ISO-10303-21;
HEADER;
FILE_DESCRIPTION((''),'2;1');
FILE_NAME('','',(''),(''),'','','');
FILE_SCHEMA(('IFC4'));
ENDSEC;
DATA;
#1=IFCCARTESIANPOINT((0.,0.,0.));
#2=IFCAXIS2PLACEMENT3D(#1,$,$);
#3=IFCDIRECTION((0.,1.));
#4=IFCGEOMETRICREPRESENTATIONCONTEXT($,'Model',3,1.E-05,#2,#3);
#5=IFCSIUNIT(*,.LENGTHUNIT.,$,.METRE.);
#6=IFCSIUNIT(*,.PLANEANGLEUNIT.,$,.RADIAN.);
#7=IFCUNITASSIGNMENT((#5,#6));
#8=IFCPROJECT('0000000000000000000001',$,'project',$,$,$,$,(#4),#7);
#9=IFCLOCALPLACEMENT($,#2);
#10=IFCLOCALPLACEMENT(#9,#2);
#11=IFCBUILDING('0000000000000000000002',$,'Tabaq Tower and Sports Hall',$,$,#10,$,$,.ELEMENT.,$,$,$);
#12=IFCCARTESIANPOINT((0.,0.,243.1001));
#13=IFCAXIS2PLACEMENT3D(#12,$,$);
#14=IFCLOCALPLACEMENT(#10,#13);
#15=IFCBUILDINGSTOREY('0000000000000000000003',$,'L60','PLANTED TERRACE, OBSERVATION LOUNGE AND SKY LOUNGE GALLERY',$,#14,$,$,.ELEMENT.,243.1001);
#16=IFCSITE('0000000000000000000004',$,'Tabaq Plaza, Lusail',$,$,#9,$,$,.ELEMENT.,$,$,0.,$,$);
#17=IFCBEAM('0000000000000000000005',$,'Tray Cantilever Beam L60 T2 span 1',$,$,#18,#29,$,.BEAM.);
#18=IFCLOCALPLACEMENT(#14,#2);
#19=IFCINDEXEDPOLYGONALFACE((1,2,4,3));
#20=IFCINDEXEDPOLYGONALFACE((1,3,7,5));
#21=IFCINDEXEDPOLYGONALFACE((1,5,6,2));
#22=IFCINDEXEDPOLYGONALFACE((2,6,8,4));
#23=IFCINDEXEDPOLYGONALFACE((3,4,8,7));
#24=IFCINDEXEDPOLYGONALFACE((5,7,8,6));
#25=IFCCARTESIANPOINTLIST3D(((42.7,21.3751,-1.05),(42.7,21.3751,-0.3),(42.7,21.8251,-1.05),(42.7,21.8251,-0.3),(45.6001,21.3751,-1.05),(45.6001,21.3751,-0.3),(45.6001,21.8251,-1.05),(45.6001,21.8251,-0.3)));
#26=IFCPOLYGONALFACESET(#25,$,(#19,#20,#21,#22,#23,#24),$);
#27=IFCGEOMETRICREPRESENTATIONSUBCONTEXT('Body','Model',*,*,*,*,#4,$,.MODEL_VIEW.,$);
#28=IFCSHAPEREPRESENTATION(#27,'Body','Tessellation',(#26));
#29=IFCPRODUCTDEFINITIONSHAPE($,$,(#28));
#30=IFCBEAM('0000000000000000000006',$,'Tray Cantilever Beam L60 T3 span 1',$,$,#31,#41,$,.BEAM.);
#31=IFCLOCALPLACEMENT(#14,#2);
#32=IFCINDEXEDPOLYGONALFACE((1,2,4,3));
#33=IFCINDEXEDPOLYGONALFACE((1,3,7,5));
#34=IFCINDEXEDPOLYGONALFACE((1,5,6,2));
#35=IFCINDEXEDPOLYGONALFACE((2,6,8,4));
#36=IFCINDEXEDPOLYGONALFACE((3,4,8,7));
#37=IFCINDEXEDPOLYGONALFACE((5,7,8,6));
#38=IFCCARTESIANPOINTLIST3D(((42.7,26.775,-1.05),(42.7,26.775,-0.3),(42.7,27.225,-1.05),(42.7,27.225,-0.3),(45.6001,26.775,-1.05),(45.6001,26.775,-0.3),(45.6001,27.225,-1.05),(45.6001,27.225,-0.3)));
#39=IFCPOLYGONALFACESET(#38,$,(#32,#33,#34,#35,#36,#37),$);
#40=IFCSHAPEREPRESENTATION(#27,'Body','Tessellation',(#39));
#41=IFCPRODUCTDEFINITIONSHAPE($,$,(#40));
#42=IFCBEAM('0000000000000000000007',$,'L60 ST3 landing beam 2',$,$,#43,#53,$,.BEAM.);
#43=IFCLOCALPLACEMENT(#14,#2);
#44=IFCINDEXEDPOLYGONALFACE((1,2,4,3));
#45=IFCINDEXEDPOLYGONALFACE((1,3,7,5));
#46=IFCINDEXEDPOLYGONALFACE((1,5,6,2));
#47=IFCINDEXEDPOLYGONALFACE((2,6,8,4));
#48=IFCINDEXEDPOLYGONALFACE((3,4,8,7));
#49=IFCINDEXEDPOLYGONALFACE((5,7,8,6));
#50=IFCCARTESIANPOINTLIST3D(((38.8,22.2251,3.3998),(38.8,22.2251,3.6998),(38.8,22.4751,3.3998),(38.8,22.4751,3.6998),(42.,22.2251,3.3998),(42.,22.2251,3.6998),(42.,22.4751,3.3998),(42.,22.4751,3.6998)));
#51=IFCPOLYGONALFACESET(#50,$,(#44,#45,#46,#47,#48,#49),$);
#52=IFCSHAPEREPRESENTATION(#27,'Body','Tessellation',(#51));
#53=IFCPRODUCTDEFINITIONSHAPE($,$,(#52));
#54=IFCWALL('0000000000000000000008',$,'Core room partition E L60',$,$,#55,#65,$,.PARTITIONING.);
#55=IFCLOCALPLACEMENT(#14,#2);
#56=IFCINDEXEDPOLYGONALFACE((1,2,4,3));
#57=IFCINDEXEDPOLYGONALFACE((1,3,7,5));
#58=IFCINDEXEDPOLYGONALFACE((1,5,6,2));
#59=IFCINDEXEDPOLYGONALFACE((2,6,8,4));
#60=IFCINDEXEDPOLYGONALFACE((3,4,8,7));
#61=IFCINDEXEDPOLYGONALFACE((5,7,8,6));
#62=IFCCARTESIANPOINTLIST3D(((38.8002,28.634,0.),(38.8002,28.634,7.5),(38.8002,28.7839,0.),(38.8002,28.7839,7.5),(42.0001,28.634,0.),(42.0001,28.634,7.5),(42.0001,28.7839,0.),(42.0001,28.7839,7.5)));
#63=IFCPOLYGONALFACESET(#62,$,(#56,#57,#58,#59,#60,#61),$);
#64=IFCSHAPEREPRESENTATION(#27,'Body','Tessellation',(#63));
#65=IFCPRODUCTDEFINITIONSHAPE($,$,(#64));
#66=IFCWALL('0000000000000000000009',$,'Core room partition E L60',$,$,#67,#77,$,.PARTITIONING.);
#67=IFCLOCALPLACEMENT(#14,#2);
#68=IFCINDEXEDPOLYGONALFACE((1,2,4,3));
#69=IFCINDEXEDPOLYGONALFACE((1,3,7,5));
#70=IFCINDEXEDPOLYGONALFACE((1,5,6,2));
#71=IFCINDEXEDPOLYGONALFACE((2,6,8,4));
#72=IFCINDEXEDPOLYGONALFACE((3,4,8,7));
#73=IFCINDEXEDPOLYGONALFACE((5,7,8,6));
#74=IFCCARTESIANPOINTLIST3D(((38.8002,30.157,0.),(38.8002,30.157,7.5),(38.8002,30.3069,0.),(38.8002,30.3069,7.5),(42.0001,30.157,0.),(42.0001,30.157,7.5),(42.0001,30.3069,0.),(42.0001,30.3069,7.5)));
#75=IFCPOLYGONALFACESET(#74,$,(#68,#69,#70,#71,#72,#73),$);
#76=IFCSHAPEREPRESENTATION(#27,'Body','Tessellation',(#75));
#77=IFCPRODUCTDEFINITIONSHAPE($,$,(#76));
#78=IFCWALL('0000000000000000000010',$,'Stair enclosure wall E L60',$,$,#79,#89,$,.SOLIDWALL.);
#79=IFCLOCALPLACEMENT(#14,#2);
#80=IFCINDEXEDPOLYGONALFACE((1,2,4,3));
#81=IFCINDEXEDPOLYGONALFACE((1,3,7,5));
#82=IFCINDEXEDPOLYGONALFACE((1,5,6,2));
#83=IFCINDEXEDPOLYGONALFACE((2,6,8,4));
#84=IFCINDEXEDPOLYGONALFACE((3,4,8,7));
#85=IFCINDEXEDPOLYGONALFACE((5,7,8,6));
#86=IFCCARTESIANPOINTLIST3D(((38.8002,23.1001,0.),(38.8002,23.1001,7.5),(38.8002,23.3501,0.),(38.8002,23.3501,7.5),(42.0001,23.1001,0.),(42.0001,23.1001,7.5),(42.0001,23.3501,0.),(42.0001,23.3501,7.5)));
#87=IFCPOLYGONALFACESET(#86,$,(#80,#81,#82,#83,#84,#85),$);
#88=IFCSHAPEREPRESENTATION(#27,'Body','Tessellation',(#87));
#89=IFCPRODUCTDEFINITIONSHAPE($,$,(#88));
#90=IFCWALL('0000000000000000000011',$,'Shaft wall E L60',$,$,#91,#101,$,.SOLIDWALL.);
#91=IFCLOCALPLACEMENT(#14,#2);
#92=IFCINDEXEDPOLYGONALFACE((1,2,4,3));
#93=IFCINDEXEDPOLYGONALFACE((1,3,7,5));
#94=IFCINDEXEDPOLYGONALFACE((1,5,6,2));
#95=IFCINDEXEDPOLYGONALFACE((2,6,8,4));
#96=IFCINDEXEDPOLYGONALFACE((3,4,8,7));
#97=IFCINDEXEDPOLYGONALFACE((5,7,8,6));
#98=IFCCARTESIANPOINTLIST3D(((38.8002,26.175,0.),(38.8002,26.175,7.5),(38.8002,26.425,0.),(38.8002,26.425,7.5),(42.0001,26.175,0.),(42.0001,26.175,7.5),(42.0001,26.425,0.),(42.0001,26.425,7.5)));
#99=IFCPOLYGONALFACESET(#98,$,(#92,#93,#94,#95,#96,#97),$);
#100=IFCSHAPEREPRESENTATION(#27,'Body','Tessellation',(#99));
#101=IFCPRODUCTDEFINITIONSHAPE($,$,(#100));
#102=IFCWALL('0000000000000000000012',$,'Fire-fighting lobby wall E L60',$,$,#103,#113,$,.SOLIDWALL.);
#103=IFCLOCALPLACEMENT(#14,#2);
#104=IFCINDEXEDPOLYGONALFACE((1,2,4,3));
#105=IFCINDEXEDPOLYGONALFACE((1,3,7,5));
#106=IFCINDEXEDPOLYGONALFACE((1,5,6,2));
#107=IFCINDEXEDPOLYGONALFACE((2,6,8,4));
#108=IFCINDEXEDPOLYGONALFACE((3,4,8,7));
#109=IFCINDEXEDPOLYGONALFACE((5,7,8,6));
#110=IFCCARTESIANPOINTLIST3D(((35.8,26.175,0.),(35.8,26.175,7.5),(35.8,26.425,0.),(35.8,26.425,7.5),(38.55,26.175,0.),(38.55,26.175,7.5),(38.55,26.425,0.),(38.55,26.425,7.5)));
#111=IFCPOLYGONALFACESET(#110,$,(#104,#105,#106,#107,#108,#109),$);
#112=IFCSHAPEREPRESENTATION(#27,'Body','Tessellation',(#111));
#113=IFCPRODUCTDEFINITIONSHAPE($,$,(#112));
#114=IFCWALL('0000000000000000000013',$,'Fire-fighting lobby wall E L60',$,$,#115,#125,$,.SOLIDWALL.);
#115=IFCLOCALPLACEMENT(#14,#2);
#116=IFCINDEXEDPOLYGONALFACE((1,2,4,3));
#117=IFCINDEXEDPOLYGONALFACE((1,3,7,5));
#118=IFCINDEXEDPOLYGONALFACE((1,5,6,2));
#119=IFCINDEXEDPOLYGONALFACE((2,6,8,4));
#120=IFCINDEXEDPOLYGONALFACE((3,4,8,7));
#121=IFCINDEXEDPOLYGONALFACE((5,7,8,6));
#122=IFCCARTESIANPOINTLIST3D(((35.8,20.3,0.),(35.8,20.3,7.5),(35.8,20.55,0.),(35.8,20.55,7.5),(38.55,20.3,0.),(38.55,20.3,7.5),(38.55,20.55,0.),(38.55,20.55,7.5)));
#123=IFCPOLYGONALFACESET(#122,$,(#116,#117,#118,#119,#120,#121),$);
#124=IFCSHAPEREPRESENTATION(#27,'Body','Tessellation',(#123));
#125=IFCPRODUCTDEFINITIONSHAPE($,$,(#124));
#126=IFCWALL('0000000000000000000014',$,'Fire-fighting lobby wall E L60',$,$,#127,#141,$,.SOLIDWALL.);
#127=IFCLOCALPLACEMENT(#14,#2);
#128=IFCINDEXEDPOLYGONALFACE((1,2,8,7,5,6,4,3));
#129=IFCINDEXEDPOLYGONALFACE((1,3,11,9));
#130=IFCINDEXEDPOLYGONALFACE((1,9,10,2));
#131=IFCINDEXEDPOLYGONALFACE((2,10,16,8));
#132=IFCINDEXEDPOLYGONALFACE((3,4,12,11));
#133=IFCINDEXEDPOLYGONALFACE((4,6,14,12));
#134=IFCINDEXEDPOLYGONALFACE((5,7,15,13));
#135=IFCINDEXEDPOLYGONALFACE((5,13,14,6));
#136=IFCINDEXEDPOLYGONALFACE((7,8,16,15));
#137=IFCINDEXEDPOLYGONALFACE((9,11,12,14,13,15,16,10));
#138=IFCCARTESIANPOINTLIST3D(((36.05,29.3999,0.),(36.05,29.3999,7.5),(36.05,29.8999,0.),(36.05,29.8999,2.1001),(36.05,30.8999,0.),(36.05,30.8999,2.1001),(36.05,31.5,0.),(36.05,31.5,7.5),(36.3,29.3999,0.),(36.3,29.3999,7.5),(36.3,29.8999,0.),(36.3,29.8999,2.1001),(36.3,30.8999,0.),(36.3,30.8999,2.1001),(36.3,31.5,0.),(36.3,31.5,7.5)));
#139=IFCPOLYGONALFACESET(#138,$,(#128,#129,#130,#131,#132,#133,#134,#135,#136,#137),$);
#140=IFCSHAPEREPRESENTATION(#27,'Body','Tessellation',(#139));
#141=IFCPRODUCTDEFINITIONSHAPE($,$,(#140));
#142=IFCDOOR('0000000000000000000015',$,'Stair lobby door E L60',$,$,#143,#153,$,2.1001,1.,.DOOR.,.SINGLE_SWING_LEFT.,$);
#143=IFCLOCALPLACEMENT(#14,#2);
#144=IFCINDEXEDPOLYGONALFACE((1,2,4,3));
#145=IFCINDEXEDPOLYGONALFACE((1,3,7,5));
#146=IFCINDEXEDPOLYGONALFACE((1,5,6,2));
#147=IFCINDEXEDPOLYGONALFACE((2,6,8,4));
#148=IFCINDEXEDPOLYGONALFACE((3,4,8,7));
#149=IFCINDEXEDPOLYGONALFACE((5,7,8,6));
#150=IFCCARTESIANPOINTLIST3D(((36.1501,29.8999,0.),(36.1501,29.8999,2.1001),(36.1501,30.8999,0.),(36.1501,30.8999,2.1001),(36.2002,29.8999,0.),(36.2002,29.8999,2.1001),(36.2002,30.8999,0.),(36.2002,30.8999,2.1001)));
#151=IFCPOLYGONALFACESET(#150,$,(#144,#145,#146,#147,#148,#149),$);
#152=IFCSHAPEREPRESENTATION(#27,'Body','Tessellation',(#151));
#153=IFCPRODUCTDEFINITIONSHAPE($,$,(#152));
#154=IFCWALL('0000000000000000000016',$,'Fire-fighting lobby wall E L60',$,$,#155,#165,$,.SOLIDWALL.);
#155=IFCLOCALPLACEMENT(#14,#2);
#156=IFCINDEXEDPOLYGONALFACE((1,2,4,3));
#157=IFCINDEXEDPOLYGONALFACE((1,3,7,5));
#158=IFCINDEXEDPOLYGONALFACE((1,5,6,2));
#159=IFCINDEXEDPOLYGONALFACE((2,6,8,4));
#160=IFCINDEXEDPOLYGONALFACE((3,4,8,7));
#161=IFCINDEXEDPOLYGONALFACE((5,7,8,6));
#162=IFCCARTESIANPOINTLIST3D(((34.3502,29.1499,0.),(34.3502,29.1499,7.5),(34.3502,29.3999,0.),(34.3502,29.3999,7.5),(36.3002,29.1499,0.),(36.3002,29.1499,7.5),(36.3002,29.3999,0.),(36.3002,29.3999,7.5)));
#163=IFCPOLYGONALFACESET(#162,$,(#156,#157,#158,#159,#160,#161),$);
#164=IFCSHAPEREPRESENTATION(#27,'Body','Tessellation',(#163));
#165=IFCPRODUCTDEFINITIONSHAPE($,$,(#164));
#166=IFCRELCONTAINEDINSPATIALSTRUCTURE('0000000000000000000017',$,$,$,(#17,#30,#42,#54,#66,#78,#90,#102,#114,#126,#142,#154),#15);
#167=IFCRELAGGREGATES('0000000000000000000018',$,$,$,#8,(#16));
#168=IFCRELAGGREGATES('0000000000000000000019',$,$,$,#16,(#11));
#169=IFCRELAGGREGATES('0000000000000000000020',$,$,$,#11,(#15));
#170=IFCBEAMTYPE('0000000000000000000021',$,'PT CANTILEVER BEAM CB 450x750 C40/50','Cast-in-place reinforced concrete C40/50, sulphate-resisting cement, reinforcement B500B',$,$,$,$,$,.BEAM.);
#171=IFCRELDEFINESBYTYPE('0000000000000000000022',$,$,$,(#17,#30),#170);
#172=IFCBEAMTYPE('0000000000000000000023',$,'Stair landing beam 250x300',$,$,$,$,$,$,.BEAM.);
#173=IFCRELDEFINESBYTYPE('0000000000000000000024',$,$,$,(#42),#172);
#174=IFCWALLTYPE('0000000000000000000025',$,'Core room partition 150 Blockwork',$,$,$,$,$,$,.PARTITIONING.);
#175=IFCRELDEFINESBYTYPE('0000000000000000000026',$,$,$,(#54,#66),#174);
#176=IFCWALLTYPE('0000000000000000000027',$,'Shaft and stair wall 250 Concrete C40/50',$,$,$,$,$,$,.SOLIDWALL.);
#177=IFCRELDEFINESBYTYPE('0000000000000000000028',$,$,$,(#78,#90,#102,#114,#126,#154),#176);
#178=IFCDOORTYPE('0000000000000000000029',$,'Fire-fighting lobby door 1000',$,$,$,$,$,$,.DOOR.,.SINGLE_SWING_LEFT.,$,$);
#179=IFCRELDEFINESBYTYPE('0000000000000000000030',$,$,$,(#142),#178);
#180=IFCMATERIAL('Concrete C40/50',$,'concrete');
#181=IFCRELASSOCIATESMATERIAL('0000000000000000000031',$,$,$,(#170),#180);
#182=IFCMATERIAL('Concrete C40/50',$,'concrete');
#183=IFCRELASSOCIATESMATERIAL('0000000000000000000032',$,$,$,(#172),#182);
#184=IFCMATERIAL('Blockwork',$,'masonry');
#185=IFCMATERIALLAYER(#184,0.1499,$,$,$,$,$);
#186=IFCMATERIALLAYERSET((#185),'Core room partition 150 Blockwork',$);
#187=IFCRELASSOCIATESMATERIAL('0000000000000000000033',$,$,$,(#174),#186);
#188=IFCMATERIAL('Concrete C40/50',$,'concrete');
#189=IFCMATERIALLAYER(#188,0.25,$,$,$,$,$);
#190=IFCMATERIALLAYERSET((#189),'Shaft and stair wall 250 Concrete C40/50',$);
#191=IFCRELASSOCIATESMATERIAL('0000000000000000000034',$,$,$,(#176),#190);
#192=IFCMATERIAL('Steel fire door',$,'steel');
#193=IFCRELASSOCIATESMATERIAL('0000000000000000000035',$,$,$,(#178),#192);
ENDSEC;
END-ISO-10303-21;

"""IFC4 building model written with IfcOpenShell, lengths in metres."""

from ifc_helpers import new_model, si_unit, direction, frame, frame_2d, origin, origin_2d, place, context, subcontext, project, spatial, rectangle, extrude, material, layer, layer_set, material_profile, profile_set, type_object, element, fill, save


model = new_model("IFC4")

# Units and contexts
model_context = context("Model", 3, precision=1e-05, world=origin(), true_north=direction((0.0, 1.0)))
body_context = subcontext(model_context, "Body", "Model", "MODEL_VIEW")
ifc_project = project(units=[si_unit("LENGTHUNIT", "METRE"), si_unit("PLANEANGLEUNIT", "RADIAN")], contexts=[model_context])

# Site, building, storey
site_placement = place(None, origin())
site = spatial("IfcSite", under=ifc_project, at=site_placement, Name="Tabaq Plaza, Lusail", CompositionType="ELEMENT", RefElevation=0.0)
building_placement = place(site_placement, origin())
building = spatial("IfcBuilding", under=site, at=building_placement, Name="Tabaq Tower and Sports Hall", CompositionType="ELEMENT")
storey_placement = place(building_placement, frame((0.0, 0.0, 243.1001)))
storey = spatial("IfcBuildingStorey", under=building, at=storey_placement, Name="L60", Description="PLANTED TERRACE, OBSERVATION LOUNGE AND SKY LOUNGE GALLERY", CompositionType="ELEMENT", Elevation=243.1001)

# Beams
ifc_material_1 = material(Name="Concrete C40/50", Category="concrete")
ifc_material_profile_1 = material_profile(ifc_material_1, rectangle(XDim=0.45, YDim=0.75, at=origin_2d()), Name="CB 450x750")
ifc_profile_set_1 = profile_set([ifc_material_profile_1], Name="Concrete C40/50")
beam_type_1 = type_object("IfcBeamType", Name="PT CANTILEVER BEAM CB 450x750 C40/50", Description="Cast-in-place reinforced concrete C40/50, sulphate-resisting cement, reinforcement B500B", PredefinedType="BEAM", material=ifc_profile_set_1)
for number, where, z_axis, x_axis, name in (
    (1, (45.6001, 21.6001, -0.675), (-1.0, 0.0, 0.0), (0.0, -1.0, 0.0), "Tray Cantilever Beam L60 T2 span 1"),
    (2, (45.6001, 27.0, -0.675), (-1.0, 0.0, 0.0), (0.0, -1.0, 0.0), "Tray Cantilever Beam L60 T3 span 1"),
):
    element("IfcBeam", number, at=place(storey_placement, frame(where, z_axis=z_axis, x_axis=x_axis)), inside=storey, type_object=beam_type_1, Name=name, PredefinedType="BEAM", context=body_context, shape_type="SweptSolid", body=[
        extrude(rectangle(XDim=0.45, YDim=0.75, at=origin_2d()), origin(), (0.0, 0.0, 1.0), 2.9001),
    ])
ifc_material_2 = material(Name="Concrete C40/50", Category="concrete")
ifc_material_profile_2 = material_profile(ifc_material_2, rectangle(XDim=0.25, YDim=0.3, at=origin_2d()), Name="RC 250x300")
ifc_profile_set_2 = profile_set([ifc_material_profile_2], Name="Concrete C40/50")
beam_type_2 = type_object("IfcBeamType", Name="Stair landing beam 250x300", PredefinedType="BEAM", material=ifc_profile_set_2)
beam_placement = place(storey_placement, frame((38.8, 22.3501, 3.5498), z_axis=(1.0, 0.0, 0.0), x_axis=(0.0, 1.0, 0.0)))
element("IfcBeam", 3, at=beam_placement, inside=storey, type_object=beam_type_2, Name="L60 ST3 landing beam 2", PredefinedType="BEAM", context=body_context, shape_type="SweptSolid", body=[
    extrude(rectangle(XDim=0.25, YDim=0.3, at=origin_2d()), origin(), (0.0, 0.0, 1.0), 3.2),
])

# Walls
ifc_material_3 = material(Name="Blockwork", Category="masonry")
ifc_layer_1 = layer(ifc_material_3, 0.1499)
ifc_layer_set_1 = layer_set([ifc_layer_1], Name="Core room partition 150 Blockwork")
wall_type_1 = type_object("IfcWallType", Name="Core room partition 150 Blockwork", PredefinedType="PARTITIONING", material=ifc_layer_set_1)
for number, where, z_axis, x_axis, name in (
    (4, (38.8, 28.709, 0.0), (0.0, 0.0, 1.0), (1.0, 0.0, 0.0), "Core room partition E L60"),
    (5, (38.8, 30.2319, 0.0), (0.0, 0.0, 1.0), (1.0, 0.0, 0.0), "Core room partition E L60"),
):
    element("IfcWall", number, at=place(storey_placement, frame(where, z_axis=z_axis, x_axis=x_axis)), inside=storey, type_object=wall_type_1, Name=name, PredefinedType="PARTITIONING", context=body_context, shape_type="SweptSolid", body=[
        extrude(rectangle(XDim=3.2, YDim=0.1499, at=frame_2d((1.6001, 0.0))), origin(), (0.0, 0.0, 1.0), 7.5),
    ])
ifc_material_4 = material(Name="Concrete C40/50", Category="concrete")
ifc_layer_2 = layer(ifc_material_4, 0.25)
ifc_layer_set_2 = layer_set([ifc_layer_2], Name="Shaft and stair wall 250 Concrete C40/50")
wall_type_2 = type_object("IfcWallType", Name="Shaft and stair wall 250 Concrete C40/50", PredefinedType="SOLIDWALL", material=ifc_layer_set_2)
for number, where, z_axis, x_axis, name in (
    (6, (38.8, 23.2251, 0.0), (0.0, 0.0, 1.0), (1.0, 0.0, 0.0), "Stair enclosure wall E L60"),
    (7, (38.8, 26.3, 0.0), (0.0, 0.0, 1.0), (1.0, 0.0, 0.0), "Shaft wall E L60"),
):
    element("IfcWall", number, at=place(storey_placement, frame(where, z_axis=z_axis, x_axis=x_axis)), inside=storey, type_object=wall_type_2, Name=name, PredefinedType="SOLIDWALL", context=body_context, shape_type="SweptSolid", body=[
        extrude(rectangle(XDim=3.2, YDim=0.25, at=frame_2d((1.6001, 0.0))), origin(), (0.0, 0.0, 1.0), 7.5),
    ])
for number, where, z_axis, x_axis, name in (
    (8, (35.8, 26.3, 0.0), (0.0, 0.0, 1.0), (1.0, 0.0, 0.0), "Fire-fighting lobby wall E L60"),
    (9, (35.8, 20.425, 0.0), (0.0, 0.0, 1.0), (1.0, 0.0, 0.0), "Fire-fighting lobby wall E L60"),
):
    element("IfcWall", number, at=place(storey_placement, frame(where, z_axis=z_axis, x_axis=x_axis)), inside=storey, type_object=wall_type_2, Name=name, PredefinedType="SOLIDWALL", context=body_context, shape_type="SweptSolid", body=[
        extrude(rectangle(XDim=2.75, YDim=0.25, at=frame_2d((1.375, 0.0))), origin(), (0.0, 0.0, 1.0), 7.5),
    ])

# Wall, opening, door
wall_1_placement = place(storey_placement, frame((36.175, 29.3999, 0.0), z_axis=(0.0, 0.0, 1.0), x_axis=(0.0, 1.0, 0.0)))
wall_1 = element("IfcWall", 10, at=wall_1_placement, inside=storey, type_object=wall_type_2, Name="Fire-fighting lobby wall E L60", PredefinedType="SOLIDWALL", context=body_context, shape_type="SweptSolid", body=[
    extrude(rectangle(XDim=2.1001, YDim=0.25, at=frame_2d((1.05, 0.0))), origin(), (0.0, 0.0, 1.0), 7.5),
])
opening_1_placement = place(wall_1_placement, frame((0.5, 0.0, 0.0)))
opening_1 = element("IfcOpeningElement", 11, at=opening_1_placement, cuts=wall_1, PredefinedType="OPENING", context=body_context, shape_type="SweptSolid", body=[
    extrude(rectangle(XDim=1.0, YDim=2.1001, at=frame_2d((0.5, 1.05))), frame((0.0, 0.125, 0.0), z_axis=(0.0, -1.0, 0.0), x_axis=(1.0, 0.0, 0.0)), (0.0, 0.0, 1.0), 0.25),
])
ifc_material_5 = material(Name="Steel fire door", Category="steel")
door_type = type_object("IfcDoorType", Name="Fire-fighting lobby door 1000", OperationType="SINGLE_SWING_LEFT", PredefinedType="DOOR", material=ifc_material_5)
door_1_placement = place(opening_1_placement, origin())
door_1 = element("IfcDoor", 12, at=door_1_placement, inside=storey, type_object=door_type, Name="Stair lobby door E L60", OperationType="SINGLE_SWING_LEFT", OverallHeight=2.1001, OverallWidth=1.0, PredefinedType="DOOR", context=body_context, shape_type="SweptSolid", body=[
    extrude(rectangle(XDim=1.0, YDim=2.1001, at=frame_2d((0.5, 1.05))), frame((0.0, 0.0249, 0.0), z_axis=(0.0, -1.0, 0.0), x_axis=(1.0, 0.0, 0.0)), (0.0, 0.0, 1.0), 0.05),
])
fill(opening_1, door_1)

# Wall
wall_2_placement = place(storey_placement, frame((34.3501, 29.2749, 0.0), z_axis=(0.0, 0.0, 1.0), x_axis=(1.0, 0.0, 0.0)))
element("IfcWall", 13, at=wall_2_placement, inside=storey, type_object=wall_type_2, Name="Fire-fighting lobby wall E L60", PredefinedType="SOLIDWALL", context=body_context, shape_type="SweptSolid", body=[
    extrude(rectangle(XDim=1.95, YDim=0.25, at=frame_2d((0.9751, 0.0))), origin(), (0.0, 0.0, 1.0), 7.5),
])

save(model, "model.ifc")
